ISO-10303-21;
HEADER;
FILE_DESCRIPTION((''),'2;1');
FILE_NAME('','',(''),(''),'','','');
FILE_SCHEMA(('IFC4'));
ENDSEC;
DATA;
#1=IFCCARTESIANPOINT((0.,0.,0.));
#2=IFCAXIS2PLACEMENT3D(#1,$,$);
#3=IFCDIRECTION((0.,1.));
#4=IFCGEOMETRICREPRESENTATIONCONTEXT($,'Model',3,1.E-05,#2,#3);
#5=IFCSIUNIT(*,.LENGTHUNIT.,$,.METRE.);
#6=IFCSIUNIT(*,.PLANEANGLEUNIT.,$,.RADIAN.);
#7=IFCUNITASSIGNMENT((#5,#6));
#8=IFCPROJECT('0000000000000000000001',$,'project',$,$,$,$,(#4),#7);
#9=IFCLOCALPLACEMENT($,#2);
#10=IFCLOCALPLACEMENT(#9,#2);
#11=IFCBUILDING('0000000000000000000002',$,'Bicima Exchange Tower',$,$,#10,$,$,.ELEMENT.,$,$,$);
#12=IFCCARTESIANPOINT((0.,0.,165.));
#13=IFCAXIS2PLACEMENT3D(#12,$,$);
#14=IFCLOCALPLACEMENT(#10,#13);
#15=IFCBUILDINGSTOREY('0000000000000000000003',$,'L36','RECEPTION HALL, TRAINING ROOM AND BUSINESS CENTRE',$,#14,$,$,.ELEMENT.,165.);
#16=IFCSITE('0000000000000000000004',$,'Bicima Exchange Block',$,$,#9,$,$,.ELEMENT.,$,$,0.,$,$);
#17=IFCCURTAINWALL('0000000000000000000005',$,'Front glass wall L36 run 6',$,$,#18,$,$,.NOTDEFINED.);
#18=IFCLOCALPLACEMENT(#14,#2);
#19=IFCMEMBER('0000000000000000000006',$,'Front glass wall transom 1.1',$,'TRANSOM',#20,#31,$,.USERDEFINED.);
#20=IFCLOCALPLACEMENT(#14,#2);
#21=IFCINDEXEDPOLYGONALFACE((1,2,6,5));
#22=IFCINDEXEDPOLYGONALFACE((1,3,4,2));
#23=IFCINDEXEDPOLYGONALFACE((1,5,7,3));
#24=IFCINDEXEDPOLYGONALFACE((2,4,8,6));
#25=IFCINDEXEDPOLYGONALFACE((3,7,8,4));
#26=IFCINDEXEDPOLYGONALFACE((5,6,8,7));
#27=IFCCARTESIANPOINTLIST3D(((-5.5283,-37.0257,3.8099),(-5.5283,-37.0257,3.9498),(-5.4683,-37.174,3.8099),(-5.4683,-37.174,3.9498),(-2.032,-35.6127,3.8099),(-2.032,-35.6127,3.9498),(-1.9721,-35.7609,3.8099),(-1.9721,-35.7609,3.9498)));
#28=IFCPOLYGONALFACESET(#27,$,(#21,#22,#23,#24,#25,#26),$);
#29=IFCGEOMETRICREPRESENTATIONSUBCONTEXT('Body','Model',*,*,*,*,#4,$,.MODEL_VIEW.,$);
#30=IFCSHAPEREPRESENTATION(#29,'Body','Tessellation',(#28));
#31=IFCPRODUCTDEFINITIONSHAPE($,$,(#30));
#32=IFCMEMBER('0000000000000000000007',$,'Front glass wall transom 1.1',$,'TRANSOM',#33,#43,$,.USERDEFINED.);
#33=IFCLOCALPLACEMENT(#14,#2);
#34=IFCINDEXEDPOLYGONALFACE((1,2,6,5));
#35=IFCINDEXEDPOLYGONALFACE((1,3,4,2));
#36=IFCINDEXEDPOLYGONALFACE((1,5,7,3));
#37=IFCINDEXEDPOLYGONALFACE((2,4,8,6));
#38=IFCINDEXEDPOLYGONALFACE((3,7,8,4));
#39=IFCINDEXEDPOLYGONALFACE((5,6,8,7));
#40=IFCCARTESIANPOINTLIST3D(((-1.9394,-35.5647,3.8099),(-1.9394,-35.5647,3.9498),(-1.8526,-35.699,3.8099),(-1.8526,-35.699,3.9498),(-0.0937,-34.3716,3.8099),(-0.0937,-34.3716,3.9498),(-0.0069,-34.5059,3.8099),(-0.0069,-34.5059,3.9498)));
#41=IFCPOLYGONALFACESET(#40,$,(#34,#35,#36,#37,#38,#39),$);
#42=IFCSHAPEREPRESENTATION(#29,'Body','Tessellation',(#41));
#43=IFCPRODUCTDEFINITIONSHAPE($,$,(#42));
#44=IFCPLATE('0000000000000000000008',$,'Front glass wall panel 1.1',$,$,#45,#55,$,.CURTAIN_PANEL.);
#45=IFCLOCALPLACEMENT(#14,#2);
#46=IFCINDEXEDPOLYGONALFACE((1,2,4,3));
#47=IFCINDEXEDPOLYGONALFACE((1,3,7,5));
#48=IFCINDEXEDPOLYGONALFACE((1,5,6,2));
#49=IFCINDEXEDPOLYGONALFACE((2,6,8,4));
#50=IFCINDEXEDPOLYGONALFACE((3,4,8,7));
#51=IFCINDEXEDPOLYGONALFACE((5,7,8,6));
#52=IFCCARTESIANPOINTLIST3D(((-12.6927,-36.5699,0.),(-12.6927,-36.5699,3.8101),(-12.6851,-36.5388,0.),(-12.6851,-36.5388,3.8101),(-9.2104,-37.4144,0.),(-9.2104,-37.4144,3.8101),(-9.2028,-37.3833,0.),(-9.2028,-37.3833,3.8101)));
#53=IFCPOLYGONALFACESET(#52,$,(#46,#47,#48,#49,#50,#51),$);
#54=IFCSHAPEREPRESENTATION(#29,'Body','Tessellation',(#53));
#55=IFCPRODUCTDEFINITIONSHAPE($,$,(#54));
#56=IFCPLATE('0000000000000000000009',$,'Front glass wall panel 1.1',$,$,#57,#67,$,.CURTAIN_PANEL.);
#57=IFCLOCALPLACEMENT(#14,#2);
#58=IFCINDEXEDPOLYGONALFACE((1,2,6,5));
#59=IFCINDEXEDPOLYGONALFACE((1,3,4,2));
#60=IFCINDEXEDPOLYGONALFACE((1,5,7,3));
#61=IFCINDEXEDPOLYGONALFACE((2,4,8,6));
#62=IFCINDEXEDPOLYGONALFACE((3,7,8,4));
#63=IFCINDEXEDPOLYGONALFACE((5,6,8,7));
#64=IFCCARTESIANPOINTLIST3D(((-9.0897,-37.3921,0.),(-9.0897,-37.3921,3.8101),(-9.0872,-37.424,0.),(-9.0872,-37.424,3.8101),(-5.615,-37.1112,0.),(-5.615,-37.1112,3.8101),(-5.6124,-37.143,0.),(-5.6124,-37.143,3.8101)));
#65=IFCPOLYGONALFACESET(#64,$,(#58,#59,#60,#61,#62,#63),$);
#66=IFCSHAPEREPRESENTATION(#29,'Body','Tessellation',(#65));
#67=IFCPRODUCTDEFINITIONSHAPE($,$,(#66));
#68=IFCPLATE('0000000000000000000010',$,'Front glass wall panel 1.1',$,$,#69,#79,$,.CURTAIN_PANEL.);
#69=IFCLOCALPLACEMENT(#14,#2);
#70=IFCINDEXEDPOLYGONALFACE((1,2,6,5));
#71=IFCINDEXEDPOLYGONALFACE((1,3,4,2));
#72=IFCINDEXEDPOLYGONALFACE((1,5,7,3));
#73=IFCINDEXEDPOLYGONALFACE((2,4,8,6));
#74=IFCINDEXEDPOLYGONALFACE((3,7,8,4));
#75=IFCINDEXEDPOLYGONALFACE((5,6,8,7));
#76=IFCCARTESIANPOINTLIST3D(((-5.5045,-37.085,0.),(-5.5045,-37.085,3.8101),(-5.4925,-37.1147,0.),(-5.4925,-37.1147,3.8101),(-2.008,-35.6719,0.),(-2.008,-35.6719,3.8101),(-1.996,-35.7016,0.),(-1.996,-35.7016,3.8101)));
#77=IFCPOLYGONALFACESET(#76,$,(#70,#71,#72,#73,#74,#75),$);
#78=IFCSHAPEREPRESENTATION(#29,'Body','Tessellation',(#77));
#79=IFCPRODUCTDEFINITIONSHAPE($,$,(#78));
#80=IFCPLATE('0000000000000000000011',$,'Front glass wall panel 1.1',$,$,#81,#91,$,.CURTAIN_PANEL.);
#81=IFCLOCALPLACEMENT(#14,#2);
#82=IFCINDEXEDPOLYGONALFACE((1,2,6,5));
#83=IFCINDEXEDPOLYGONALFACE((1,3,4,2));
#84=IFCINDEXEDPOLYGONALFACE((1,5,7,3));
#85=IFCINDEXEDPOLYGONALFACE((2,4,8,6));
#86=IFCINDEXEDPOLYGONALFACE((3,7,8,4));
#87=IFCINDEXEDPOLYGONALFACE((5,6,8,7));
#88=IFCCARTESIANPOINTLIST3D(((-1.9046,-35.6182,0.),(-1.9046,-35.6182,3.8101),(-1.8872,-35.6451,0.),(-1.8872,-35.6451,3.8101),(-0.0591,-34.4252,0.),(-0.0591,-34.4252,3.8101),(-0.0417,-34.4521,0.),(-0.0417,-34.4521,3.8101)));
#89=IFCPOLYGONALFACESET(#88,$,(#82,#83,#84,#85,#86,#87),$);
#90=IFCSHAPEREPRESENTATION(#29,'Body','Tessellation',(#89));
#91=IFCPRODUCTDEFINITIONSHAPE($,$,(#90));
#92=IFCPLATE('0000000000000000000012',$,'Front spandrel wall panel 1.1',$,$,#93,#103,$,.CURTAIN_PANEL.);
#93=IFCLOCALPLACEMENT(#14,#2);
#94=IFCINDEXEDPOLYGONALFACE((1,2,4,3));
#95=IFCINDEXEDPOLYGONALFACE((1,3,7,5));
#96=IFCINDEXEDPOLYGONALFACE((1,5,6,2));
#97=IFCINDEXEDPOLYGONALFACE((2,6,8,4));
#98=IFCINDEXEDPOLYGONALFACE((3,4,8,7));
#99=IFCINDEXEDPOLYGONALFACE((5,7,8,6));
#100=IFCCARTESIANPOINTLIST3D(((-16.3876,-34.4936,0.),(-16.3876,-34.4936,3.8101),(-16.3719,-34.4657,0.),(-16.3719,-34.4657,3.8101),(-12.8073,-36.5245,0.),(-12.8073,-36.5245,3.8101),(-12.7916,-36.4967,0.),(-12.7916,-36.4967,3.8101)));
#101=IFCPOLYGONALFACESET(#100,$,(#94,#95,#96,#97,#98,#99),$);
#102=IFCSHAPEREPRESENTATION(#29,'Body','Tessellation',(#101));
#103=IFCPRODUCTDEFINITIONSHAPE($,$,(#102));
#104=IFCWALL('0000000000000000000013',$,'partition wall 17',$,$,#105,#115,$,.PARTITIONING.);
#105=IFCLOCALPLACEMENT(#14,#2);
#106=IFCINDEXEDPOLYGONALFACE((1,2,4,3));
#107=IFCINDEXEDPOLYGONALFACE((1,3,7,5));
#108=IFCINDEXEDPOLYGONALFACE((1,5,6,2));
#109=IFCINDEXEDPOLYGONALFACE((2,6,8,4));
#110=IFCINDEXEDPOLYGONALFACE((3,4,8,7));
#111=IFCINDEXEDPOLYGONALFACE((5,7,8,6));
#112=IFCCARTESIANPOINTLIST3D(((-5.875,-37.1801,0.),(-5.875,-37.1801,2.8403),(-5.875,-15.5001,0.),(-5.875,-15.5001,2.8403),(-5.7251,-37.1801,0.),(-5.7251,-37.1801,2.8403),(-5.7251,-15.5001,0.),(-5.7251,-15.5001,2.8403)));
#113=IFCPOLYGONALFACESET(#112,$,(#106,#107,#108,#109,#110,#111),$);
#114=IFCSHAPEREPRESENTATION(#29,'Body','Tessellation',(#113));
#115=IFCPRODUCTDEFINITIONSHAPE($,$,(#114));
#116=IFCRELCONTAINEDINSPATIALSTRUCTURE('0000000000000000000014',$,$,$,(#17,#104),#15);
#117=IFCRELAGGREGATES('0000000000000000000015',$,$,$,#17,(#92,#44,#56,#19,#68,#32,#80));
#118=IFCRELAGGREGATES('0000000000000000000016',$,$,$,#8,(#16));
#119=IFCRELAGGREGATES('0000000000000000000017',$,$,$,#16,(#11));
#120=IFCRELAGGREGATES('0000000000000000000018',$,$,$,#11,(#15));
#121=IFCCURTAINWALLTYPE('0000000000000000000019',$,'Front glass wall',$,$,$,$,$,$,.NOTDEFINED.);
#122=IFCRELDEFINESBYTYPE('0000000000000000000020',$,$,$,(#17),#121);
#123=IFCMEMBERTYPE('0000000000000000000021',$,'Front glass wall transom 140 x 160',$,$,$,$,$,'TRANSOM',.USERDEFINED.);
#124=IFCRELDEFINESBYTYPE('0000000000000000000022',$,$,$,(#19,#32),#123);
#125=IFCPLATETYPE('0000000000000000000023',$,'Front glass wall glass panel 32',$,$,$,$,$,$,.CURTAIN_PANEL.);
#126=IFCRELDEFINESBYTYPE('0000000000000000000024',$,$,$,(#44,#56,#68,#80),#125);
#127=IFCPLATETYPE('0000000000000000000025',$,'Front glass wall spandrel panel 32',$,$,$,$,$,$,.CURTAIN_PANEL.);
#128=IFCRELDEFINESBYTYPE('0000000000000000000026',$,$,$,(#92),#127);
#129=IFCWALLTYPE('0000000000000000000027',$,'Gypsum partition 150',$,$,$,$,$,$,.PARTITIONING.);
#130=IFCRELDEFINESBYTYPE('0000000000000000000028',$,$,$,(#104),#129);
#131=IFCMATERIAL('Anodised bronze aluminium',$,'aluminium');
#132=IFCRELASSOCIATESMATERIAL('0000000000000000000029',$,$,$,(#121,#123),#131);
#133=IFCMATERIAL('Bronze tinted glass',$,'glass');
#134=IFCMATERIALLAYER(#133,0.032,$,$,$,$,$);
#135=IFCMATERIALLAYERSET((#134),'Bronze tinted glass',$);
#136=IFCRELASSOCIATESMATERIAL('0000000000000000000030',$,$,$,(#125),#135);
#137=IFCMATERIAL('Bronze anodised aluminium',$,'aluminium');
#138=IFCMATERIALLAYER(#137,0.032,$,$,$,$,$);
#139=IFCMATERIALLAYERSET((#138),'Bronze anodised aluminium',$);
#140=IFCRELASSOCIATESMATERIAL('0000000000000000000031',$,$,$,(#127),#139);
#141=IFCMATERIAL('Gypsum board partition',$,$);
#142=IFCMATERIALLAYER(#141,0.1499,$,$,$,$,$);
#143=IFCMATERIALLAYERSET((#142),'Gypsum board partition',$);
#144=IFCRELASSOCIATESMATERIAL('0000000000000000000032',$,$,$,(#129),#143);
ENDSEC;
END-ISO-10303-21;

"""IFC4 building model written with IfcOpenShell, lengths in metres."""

from ifc_helpers import new_model, si_unit, direction, frame, frame_2d, origin, origin_2d, place, context, subcontext, project, spatial, rectangle, extrude, material, layer, layer_set, material_profile, profile_set, type_object, element, aggregate, save


model = new_model("IFC4")

# Units and contexts
model_context = context("Model", 3, precision=1e-05, world=origin(), true_north=direction((0.0, 1.0)))
body_context = subcontext(model_context, "Body", "Model", "MODEL_VIEW")
ifc_project = project(units=[si_unit("LENGTHUNIT", "METRE"), si_unit("PLANEANGLEUNIT", "RADIAN")], contexts=[model_context])

# Site, building, storey
site_placement = place(None, origin())
site = spatial("IfcSite", under=ifc_project, at=site_placement, Name="Bicima Exchange Block", CompositionType="ELEMENT", RefElevation=0.0)
building_placement = place(site_placement, origin())
building = spatial("IfcBuilding", under=site, at=building_placement, Name="Bicima Exchange Tower", CompositionType="ELEMENT")
storey_placement = place(building_placement, frame((0.0, 0.0, 165.0)))
storey = spatial("IfcBuildingStorey", under=building, at=storey_placement, Name="L36", Description="RECEPTION HALL, TRAINING ROOM AND BUSINESS CENTRE", CompositionType="ELEMENT", Elevation=165.0)

# Curtain wall, members, plates
ifc_material_1 = material(Name="Anodised bronze aluminium", Category="aluminium")
curtain_wall_type = type_object("IfcCurtainWallType", Name="Front glass wall", PredefinedType="NOTDEFINED", material=ifc_material_1)
curtain_wall_placement = place(storey_placement, origin())
curtain_wall = element("IfcCurtainWall", 1, at=curtain_wall_placement, inside=storey, type_object=curtain_wall_type, Name="Front glass wall L36 run 6", PredefinedType="NOTDEFINED")
ifc_material_profile_1 = material_profile(ifc_material_1, rectangle(XDim=0.1599, YDim=0.1399, at=origin_2d()))
ifc_profile_set_1 = profile_set([ifc_material_profile_1], Name="Anodised bronze aluminium")
member_type_1 = type_object("IfcMemberType", Name="Front glass wall transom 140 x 160", ElementType="TRANSOM", PredefinedType="USERDEFINED", material=ifc_profile_set_1)
member_1_placement = place(storey_placement, frame((-5.4983, -37.0999, 3.8799), z_axis=(0.92714, 0.374715, 0.0), x_axis=(-0.374715, 0.92714, 0.0)))
member_1 = element("IfcMember", 2, at=member_1_placement, type_object=member_type_1, Name="Front glass wall transom 1.1", ObjectType="TRANSOM", PredefinedType="USERDEFINED", context=body_context, shape_type="SweptSolid", body=[
    extrude(rectangle(XDim=0.1599, YDim=0.1399, at=origin_2d()), origin(), (0.0, 0.0, 1.0), 3.771),
])
member_2_placement = place(storey_placement, frame((-1.896, -35.6318, 3.8799), z_axis=(0.839811, 0.542878, 0.0), x_axis=(-0.542878, 0.839811, 0.0)))
member_2 = element("IfcMember", 3, at=member_2_placement, type_object=member_type_1, Name="Front glass wall transom 1.1", ObjectType="TRANSOM", PredefinedType="USERDEFINED", context=body_context, shape_type="SweptSolid", body=[
    extrude(rectangle(XDim=0.1599, YDim=0.1399, at=origin_2d()), origin(), (0.0, 0.0, 1.0), 2.1978),
])
ifc_material_2 = material(Name="Bronze tinted glass", Category="glass")
ifc_layer_1 = layer(ifc_material_2, 0.032)
ifc_layer_set_1 = layer_set([ifc_layer_1], Name="Bronze tinted glass")
plate_type_1 = type_object("IfcPlateType", Name="Front glass wall glass panel 32", PredefinedType="CURTAIN_PANEL", material=ifc_layer_set_1)
plate_1_placement = place(storey_placement, frame((-10.9478, -36.9766, 0.0), z_axis=(0.0, 0.0, 1.0), x_axis=(0.97183, -0.235682, 0.0)))
plate_1 = element("IfcPlate", 4, at=plate_1_placement, type_object=plate_type_1, Name="Front glass wall panel 1.1", PredefinedType="CURTAIN_PANEL", context=body_context, shape_type="SweptSolid", body=[
    extrude(rectangle(XDim=3.5833, YDim=0.032, at=origin_2d()), origin(), (0.0, 0.0, 1.0), 3.8101),
])
plate_2_placement = place(storey_placement, frame((-7.3511, -37.2676, 0.0), z_axis=(0.0, 0.0, 1.0), x_axis=(0.996747, 0.080589, 0.0)))
plate_2 = element("IfcPlate", 5, at=plate_2_placement, type_object=plate_type_1, Name="Front glass wall panel 1.1", PredefinedType="CURTAIN_PANEL", context=body_context, shape_type="SweptSolid", body=[
    extrude(rectangle(XDim=3.4861, YDim=0.032, at=origin_2d()), origin(), (0.0, 0.0, 1.0), 3.8101),
])
plate_3_placement = place(storey_placement, frame((-3.7502, -36.3933, 0.0), z_axis=(0.0, 0.0, 1.0), x_axis=(0.927144, 0.374705, 0.0)))
plate_3 = element("IfcPlate", 6, at=plate_3_placement, type_object=plate_type_1, Name="Front glass wall panel 1.1", PredefinedType="CURTAIN_PANEL", context=body_context, shape_type="SweptSolid", body=[
    extrude(rectangle(XDim=3.7712, YDim=0.032, at=origin_2d()), origin(), (0.0, 0.0, 1.0), 3.8101),
])
plate_4_placement = place(storey_placement, frame((-0.9731, -35.0352, 0.0), z_axis=(0.0, 0.0, 1.0), x_axis=(0.839799, 0.542897, 0.0)))
plate_4 = element("IfcPlate", 7, at=plate_4_placement, type_object=plate_type_1, Name="Front glass wall panel 1.1", PredefinedType="CURTAIN_PANEL", context=body_context, shape_type="SweptSolid", body=[
    extrude(rectangle(XDim=2.1975, YDim=0.032, at=origin_2d()), origin(), (0.0, 0.0, 1.0), 3.8101),
])
ifc_material_3 = material(Name="Bronze anodised aluminium", Category="aluminium")
ifc_layer_2 = layer(ifc_material_3, 0.032)
ifc_layer_set_2 = layer_set([ifc_layer_2], Name="Bronze anodised aluminium")
plate_type_2 = type_object("IfcPlateType", Name="Front glass wall spandrel panel 32", PredefinedType="CURTAIN_PANEL", material=ifc_layer_set_2)
plate_5_placement = place(storey_placement, frame((-14.5896, -35.4951, 0.0), z_axis=(0.0, 0.0, 1.0), x_axis=(0.869805, -0.493395, 0.0)))
plate_5 = element("IfcPlate", 8, at=plate_5_placement, type_object=plate_type_2, Name="Front spandrel wall panel 1.1", PredefinedType="CURTAIN_PANEL", context=body_context, shape_type="SweptSolid", body=[
    extrude(rectangle(XDim=4.1162, YDim=0.032, at=origin_2d()), origin(), (0.0, 0.0, 1.0), 3.8101),
])
aggregate(curtain_wall, [plate_5, plate_1, plate_2, member_1, plate_3, member_2, plate_4])

# Wall
ifc_material_4 = material(Name="Gypsum board partition")
ifc_layer_3 = layer(ifc_material_4, 0.1499)
ifc_layer_set_3 = layer_set([ifc_layer_3], Name="Gypsum board partition")
wall_type = type_object("IfcWallType", Name="Gypsum partition 150", PredefinedType="PARTITIONING", material=ifc_layer_set_3)
wall_placement = place(storey_placement, frame((-5.8, -37.1799, 0.0), z_axis=(0.0, 0.0, 1.0), x_axis=(0.0, 1.0, 0.0)))
element("IfcWall", 9, at=wall_placement, inside=storey, type_object=wall_type, Name="partition wall 17", PredefinedType="PARTITIONING", context=body_context, shape_type="SweptSolid", body=[
    extrude(rectangle(XDim=21.6799, YDim=0.1499, at=frame_2d((10.8398, 0.0))), origin(), (0.0, 0.0, 1.0), 2.8403),
])

save(model, "model.ifc")
